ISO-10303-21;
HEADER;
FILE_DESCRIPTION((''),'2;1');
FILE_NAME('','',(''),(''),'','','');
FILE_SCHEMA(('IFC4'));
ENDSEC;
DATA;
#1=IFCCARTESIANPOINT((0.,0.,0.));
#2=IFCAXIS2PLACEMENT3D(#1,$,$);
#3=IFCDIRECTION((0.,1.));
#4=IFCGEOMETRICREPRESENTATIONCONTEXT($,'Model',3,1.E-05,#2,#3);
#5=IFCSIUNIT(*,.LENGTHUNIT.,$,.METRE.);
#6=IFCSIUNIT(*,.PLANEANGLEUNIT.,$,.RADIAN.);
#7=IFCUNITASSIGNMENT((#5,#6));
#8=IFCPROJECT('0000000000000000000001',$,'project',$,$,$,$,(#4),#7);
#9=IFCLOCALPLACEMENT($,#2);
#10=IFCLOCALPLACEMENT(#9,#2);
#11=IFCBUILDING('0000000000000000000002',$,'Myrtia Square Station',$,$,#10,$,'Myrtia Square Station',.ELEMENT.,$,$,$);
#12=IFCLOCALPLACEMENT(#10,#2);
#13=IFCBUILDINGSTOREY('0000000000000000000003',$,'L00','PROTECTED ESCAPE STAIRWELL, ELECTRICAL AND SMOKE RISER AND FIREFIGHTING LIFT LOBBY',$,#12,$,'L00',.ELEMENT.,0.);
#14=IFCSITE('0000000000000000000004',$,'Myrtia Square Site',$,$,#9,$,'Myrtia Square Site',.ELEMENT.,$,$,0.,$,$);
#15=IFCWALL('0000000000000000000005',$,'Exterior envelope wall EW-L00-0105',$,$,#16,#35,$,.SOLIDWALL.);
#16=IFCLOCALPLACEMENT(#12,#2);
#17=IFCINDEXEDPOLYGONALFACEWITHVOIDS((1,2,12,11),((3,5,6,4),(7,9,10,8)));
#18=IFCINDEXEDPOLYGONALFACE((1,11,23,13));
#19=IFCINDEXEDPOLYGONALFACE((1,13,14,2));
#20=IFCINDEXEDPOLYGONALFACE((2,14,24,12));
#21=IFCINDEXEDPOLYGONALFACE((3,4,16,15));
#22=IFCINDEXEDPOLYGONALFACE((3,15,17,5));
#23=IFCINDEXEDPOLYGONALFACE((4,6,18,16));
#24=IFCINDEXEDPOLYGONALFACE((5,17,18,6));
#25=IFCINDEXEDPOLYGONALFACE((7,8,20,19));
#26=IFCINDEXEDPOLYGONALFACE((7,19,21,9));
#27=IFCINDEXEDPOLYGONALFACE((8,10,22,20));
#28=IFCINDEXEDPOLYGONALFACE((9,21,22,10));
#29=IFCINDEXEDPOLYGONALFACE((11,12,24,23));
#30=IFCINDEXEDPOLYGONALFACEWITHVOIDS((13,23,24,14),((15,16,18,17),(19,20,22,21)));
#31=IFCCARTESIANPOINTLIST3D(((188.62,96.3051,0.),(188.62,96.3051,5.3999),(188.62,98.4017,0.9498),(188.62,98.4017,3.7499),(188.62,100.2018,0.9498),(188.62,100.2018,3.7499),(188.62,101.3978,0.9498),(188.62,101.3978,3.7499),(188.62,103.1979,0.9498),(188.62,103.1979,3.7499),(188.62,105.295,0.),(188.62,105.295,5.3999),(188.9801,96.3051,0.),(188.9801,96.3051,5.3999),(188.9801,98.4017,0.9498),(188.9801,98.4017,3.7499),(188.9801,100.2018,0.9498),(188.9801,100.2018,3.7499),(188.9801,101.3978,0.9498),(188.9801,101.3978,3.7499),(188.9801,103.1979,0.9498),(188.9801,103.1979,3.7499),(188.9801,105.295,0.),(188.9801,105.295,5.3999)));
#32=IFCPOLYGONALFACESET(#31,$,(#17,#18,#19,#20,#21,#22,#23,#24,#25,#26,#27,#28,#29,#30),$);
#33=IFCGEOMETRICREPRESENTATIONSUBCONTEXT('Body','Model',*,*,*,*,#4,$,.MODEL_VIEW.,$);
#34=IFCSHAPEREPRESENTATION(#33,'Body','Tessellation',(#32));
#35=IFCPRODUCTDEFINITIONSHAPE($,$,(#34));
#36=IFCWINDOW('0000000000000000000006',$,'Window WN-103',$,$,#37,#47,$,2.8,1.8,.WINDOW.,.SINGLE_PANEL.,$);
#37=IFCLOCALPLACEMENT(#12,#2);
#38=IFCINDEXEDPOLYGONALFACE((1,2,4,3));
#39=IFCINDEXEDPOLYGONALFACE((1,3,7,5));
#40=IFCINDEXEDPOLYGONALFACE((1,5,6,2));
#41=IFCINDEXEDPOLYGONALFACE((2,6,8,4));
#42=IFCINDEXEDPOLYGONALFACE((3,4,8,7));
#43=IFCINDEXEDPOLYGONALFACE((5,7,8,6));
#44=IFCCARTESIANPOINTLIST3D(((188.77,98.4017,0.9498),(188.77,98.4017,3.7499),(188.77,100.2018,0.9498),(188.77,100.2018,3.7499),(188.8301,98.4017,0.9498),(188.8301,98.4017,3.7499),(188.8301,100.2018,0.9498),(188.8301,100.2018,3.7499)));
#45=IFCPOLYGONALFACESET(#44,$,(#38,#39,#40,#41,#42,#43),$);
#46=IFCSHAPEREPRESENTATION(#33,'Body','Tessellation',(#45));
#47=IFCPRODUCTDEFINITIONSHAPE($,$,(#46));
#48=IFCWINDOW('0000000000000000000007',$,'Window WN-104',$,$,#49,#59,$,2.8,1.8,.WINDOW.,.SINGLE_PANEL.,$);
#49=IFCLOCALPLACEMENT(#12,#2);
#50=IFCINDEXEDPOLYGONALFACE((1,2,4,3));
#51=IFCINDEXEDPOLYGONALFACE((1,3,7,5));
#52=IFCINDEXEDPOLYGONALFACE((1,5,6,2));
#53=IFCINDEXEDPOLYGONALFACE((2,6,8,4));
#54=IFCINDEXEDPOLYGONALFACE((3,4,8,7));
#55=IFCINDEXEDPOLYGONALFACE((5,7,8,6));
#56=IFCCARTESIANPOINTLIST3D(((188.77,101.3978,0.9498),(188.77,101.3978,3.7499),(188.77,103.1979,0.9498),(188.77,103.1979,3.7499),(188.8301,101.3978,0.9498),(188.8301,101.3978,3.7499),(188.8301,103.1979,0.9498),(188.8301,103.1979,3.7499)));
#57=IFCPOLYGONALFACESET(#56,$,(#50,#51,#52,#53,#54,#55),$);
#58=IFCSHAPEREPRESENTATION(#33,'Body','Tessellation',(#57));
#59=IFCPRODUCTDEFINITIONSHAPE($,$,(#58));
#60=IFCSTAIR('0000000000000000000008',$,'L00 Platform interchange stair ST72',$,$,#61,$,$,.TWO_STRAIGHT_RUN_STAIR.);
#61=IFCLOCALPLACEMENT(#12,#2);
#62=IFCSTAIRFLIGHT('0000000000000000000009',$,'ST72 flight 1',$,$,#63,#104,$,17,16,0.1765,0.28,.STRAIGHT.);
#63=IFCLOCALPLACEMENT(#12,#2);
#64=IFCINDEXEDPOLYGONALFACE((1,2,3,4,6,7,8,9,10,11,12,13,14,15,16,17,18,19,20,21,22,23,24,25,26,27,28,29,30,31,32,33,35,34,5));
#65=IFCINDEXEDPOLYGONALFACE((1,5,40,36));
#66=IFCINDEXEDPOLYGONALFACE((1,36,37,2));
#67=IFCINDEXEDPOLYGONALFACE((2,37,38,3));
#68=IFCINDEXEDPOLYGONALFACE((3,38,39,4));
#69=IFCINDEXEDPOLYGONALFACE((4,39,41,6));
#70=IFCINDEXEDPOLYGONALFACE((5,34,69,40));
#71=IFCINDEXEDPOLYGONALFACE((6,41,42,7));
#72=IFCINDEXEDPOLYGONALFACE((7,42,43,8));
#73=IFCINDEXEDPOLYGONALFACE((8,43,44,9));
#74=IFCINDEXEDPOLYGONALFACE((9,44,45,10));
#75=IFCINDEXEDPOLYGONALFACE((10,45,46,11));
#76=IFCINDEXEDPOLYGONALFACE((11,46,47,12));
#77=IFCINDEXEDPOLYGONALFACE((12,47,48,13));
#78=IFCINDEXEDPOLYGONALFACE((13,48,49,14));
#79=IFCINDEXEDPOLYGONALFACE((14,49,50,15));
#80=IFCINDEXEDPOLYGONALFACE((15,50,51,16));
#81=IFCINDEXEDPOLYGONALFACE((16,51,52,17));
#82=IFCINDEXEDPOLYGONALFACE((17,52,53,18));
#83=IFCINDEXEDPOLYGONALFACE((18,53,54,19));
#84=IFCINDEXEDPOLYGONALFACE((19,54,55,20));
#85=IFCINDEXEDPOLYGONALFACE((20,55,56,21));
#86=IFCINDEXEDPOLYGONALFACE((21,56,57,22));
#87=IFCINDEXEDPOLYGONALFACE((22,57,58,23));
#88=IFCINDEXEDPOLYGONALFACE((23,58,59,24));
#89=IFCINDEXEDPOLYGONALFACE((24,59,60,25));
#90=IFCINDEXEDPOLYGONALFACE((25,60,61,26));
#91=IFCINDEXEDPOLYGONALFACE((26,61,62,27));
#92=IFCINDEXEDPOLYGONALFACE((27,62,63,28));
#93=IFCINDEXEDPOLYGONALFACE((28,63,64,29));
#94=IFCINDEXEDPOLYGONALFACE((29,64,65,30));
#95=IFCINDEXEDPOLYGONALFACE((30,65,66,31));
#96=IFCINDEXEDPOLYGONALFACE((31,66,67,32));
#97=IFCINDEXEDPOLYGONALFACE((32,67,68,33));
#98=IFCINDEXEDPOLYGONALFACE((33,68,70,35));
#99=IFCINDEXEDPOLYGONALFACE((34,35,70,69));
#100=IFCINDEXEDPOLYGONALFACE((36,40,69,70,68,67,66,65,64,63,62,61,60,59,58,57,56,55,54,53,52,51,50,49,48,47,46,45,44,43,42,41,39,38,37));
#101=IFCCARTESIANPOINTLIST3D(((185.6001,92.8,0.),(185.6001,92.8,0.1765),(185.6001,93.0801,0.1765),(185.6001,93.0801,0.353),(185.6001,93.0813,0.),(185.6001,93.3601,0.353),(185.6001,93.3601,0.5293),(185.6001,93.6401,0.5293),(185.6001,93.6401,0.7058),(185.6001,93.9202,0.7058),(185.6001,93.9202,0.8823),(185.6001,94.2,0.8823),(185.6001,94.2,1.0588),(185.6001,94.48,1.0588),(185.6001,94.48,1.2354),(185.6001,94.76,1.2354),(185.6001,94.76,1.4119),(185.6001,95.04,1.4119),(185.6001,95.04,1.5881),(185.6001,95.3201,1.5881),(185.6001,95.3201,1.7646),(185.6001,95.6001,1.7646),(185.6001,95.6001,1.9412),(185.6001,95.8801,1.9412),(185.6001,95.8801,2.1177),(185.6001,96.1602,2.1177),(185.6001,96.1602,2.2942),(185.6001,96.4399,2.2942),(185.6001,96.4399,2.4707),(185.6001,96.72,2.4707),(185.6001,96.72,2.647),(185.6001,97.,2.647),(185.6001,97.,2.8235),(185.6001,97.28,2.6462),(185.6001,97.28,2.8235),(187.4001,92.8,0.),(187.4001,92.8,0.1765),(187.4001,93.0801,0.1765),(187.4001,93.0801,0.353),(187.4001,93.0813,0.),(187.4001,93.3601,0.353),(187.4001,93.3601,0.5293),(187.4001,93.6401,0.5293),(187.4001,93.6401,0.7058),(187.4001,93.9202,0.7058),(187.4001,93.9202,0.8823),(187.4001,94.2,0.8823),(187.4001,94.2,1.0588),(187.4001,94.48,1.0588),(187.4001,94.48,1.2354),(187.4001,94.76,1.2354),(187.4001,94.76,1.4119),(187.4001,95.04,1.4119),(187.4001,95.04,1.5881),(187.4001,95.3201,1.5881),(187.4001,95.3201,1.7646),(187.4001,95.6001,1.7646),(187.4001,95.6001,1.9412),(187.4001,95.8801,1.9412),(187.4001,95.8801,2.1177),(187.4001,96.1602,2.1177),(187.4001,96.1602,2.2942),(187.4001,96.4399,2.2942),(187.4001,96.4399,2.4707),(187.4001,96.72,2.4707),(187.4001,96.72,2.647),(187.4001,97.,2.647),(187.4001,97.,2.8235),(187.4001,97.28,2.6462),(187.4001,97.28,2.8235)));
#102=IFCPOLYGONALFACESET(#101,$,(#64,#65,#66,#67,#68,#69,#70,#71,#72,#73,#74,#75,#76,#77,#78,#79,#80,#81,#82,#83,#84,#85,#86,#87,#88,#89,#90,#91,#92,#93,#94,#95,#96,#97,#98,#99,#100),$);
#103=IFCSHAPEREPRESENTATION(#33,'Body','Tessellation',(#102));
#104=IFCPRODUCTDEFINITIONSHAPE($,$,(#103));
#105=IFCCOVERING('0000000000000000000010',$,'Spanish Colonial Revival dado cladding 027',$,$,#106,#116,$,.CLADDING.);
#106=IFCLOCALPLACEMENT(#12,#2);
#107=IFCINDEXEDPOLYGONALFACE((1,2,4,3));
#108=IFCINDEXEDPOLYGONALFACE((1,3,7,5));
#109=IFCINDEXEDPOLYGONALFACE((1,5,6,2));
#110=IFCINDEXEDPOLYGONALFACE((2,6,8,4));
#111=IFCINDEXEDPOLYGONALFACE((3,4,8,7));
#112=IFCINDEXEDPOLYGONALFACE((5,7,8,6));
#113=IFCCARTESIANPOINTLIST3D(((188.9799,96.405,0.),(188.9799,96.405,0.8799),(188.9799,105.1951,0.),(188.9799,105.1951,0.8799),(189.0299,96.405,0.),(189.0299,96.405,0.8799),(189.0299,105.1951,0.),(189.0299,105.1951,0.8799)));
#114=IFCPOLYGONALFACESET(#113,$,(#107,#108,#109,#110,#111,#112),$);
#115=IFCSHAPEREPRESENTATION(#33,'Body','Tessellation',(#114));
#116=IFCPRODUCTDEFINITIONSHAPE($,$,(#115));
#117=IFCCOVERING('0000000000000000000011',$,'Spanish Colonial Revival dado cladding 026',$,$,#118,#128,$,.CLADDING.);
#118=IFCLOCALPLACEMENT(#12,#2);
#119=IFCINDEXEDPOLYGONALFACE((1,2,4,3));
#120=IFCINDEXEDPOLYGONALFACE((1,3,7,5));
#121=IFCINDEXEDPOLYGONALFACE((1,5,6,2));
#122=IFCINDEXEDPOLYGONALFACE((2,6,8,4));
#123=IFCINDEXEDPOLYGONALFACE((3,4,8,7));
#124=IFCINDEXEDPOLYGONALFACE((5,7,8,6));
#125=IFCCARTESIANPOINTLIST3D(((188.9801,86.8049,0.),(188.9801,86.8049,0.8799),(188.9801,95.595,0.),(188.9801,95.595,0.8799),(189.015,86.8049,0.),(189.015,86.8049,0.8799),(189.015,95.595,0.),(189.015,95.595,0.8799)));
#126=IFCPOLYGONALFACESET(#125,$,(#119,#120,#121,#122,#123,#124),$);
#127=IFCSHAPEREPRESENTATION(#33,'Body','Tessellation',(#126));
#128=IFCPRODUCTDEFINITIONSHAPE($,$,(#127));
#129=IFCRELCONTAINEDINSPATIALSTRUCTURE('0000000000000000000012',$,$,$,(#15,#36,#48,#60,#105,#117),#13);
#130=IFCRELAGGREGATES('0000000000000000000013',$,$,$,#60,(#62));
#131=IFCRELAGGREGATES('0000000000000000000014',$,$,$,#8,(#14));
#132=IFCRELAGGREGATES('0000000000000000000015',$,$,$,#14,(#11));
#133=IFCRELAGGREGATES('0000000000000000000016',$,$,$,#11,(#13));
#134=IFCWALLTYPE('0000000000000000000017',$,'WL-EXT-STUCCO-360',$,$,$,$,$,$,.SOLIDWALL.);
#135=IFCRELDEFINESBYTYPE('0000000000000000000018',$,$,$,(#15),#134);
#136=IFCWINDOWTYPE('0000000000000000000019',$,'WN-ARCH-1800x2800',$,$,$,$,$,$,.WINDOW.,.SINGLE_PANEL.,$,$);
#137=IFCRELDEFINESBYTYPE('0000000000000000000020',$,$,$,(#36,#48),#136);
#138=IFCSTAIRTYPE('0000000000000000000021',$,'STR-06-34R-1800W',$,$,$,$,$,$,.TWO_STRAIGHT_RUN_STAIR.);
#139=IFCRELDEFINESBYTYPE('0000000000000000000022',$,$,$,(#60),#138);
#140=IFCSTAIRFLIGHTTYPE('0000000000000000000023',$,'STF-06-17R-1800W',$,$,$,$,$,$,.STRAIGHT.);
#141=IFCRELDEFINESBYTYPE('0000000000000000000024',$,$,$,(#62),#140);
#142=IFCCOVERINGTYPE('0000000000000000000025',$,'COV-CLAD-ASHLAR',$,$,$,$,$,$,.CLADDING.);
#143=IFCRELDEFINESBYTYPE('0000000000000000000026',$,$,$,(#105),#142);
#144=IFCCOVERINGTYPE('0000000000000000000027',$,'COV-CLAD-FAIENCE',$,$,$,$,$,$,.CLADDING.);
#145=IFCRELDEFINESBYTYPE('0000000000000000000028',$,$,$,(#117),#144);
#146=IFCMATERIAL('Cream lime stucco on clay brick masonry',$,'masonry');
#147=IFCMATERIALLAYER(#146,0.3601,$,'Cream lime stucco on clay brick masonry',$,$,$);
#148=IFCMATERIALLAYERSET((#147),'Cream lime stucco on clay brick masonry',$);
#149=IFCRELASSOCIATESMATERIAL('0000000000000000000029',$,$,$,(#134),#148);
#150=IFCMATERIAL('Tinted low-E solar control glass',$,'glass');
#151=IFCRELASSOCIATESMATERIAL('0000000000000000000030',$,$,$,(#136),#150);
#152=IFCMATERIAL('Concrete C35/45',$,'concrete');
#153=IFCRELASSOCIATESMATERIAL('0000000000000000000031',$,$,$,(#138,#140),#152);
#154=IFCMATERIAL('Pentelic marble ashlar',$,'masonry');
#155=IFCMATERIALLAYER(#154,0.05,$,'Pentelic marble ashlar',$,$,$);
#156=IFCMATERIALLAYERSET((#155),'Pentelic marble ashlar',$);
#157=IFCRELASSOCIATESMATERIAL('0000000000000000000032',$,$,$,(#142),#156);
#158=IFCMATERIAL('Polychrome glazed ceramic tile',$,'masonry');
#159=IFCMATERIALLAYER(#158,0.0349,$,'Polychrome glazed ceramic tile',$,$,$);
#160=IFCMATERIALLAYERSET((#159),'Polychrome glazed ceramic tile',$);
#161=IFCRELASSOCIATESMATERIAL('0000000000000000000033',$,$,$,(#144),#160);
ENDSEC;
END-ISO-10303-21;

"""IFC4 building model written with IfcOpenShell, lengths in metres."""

from ifc_helpers import new_model, si_unit, direction, frame, frame_2d, origin, origin_2d, place, context, subcontext, project, spatial, polyline, rectangle, outline, extrude, material, layer, layer_set, type_object, element, fill, aggregate, save


model = new_model("IFC4")

# Units and contexts
model_context = context("Model", 3, precision=1e-05, world=origin(), true_north=direction((0.0, 1.0)))
body_context = subcontext(model_context, "Body", "Model", "MODEL_VIEW")
ifc_project = project(units=[si_unit("LENGTHUNIT", "METRE"), si_unit("PLANEANGLEUNIT", "RADIAN")], contexts=[model_context])

# Site, building, storey
site_placement = place(None, origin())
site = spatial("IfcSite", under=ifc_project, at=site_placement, Name="Myrtia Square Site", LongName="Myrtia Square Site", CompositionType="ELEMENT", RefElevation=0.0)
building_placement = place(site_placement, origin())
building = spatial("IfcBuilding", under=site, at=building_placement, Name="Myrtia Square Station", LongName="Myrtia Square Station", CompositionType="ELEMENT")
storey_placement = place(building_placement, origin())
storey = spatial("IfcBuildingStorey", under=building, at=storey_placement, Name="L00", Description="PROTECTED ESCAPE STAIRWELL, ELECTRICAL AND SMOKE RISER AND FIREFIGHTING LIFT LOBBY", LongName="L00", CompositionType="ELEMENT", Elevation=0.0)

# Wall, openings, windows
ifc_material_1 = material(Name="Cream lime stucco on clay brick masonry", Category="masonry")
ifc_layer_1 = layer(ifc_material_1, 0.3601, Name="Cream lime stucco on clay brick masonry")
ifc_layer_set_1 = layer_set([ifc_layer_1], Name="Cream lime stucco on clay brick masonry")
wall_type = type_object("IfcWallType", Name="WL-EXT-STUCCO-360", PredefinedType="SOLIDWALL", material=ifc_layer_set_1)
wall_placement = place(storey_placement, frame((188.8, 96.3049, 0.0), z_axis=(0.0, 0.0, 1.0), x_axis=(0.0, 1.0, 0.0)))
wall = element("IfcWall", 1, at=wall_placement, inside=storey, type_object=wall_type, Name="Exterior envelope wall EW-L00-0105", PredefinedType="SOLIDWALL", context=body_context, shape_type="SweptSolid", body=[
    extrude(rectangle(XDim=8.99, YDim=0.3601, at=frame_2d((4.4951, 0.0))), origin(), (0.0, 0.0, 1.0), 5.3999),
])
opening_1_placement = place(wall_placement, frame((2.0969, 0.0, 0.95)))
opening_1 = element("IfcOpeningElement", 2, at=opening_1_placement, cuts=wall, PredefinedType="OPENING", context=body_context, shape_type="SweptSolid", body=[
    extrude(rectangle(XDim=1.8, YDim=2.8, at=frame_2d((0.8999, 1.3999))), frame((0.0, 0.1951, 0.0), z_axis=(0.0, -1.0, 0.0), x_axis=(1.0, 0.0, 0.0)), (0.0, 0.0, 1.0), 0.3901),
])
opening_2_placement = place(wall_placement, frame((5.093, 0.0, 0.95)))
opening_2 = element("IfcOpeningElement", 3, at=opening_2_placement, cuts=wall, PredefinedType="OPENING", context=body_context, shape_type="SweptSolid", body=[
    extrude(rectangle(XDim=1.8, YDim=2.8, at=frame_2d((0.8999, 1.3999))), frame((0.0, 0.1951, 0.0), z_axis=(0.0, -1.0, 0.0), x_axis=(1.0, 0.0, 0.0)), (0.0, 0.0, 1.0), 0.3901),
])
ifc_material_2 = material(Name="Tinted low-E solar control glass", Category="glass")
window_type = type_object("IfcWindowType", Name="WN-ARCH-1800x2800", PartitioningType="SINGLE_PANEL", PredefinedType="WINDOW", material=ifc_material_2)
window_1_placement = place(opening_1_placement, origin())
window_1 = element("IfcWindow", 4, at=window_1_placement, inside=storey, type_object=window_type, Name="Window WN-103", OverallHeight=2.8, OverallWidth=1.8, PartitioningType="SINGLE_PANEL", PredefinedType="WINDOW", context=body_context, shape_type="SweptSolid", body=[
    extrude(rectangle(XDim=1.8, YDim=2.8, at=frame_2d((0.8999, 1.3999))), frame((0.0, 0.03, 0.0), z_axis=(0.0, -1.0, 0.0), x_axis=(1.0, 0.0, 0.0)), (0.0, 0.0, 1.0), 0.0601),
])
fill(opening_1, window_1)
window_2_placement = place(opening_2_placement, origin())
window_2 = element("IfcWindow", 5, at=window_2_placement, inside=storey, type_object=window_type, Name="Window WN-104", OverallHeight=2.8, OverallWidth=1.8, PartitioningType="SINGLE_PANEL", PredefinedType="WINDOW", context=body_context, shape_type="SweptSolid", body=[
    extrude(rectangle(XDim=1.8, YDim=2.8, at=frame_2d((0.8999, 1.3999))), frame((0.0, 0.03, 0.0), z_axis=(0.0, -1.0, 0.0), x_axis=(1.0, 0.0, 0.0)), (0.0, 0.0, 1.0), 0.0601),
])
fill(opening_2, window_2)

# Stair, stair flight
ifc_material_3 = material(Name="Concrete C35/45", Category="concrete")
stair_type = type_object("IfcStairType", Name="STR-06-34R-1800W", PredefinedType="TWO_STRAIGHT_RUN_STAIR", material=ifc_material_3)
stair_placement = place(storey_placement, origin())
stair = element("IfcStair", 6, at=stair_placement, inside=storey, type_object=stair_type, Name="L00 Platform interchange stair ST72", PredefinedType="TWO_STRAIGHT_RUN_STAIR")
stair_flight_type = type_object("IfcStairFlightType", Name="STF-06-17R-1800W", PredefinedType="STRAIGHT", material=ifc_material_3)
stair_flight_placement = place(storey_placement, frame((186.5, 92.8, 0.0), z_axis=(0.0, 0.0, 1.0), x_axis=(0.0, 1.0, 0.0)))
stair_flight = element("IfcStairFlight", 7, at=stair_flight_placement, type_object=stair_flight_type, Name="ST72 flight 1", NumberOfRisers=17, NumberOfTreads=16, PredefinedType="STRAIGHT", RiserHeight=0.1765, TreadLength=0.28, context=body_context, shape_type="SweptSolid", body=[
    extrude(outline(polyline([(0.0, 0.0), (0.0, 0.1765), (0.28, 0.1765), (0.28, 0.353), (0.5601, 0.353), (0.5601, 0.5293), (0.8401, 0.5293), (0.8401, 0.7058), (1.1201, 0.7058), (1.1201, 0.8823), (1.3999, 0.8823), (1.3999, 1.0588), (1.6799, 1.0588), (1.6799, 1.2354), (1.96, 1.2354), (1.96, 1.4119), (2.24, 1.4119), (2.24, 1.5881), (2.52, 1.5881), (2.52, 1.7646), (2.8, 1.7646), (2.8, 1.9412), (3.0801, 1.9412), (3.0801, 2.1177), (3.3601, 2.1177), (3.3601, 2.2942), (3.6399, 2.2942), (3.6399, 2.4707), (3.9199, 2.4707), (3.9199, 2.647), (4.2, 2.647), (4.2, 2.8235), (4.48, 2.8235), (4.48, 3.0), (4.48, 2.6462), (0.2812, 0.0), (0.0, 0.0)])), frame((0.0, 0.8999, 0.0), z_axis=(0.0, -1.0, 0.0), x_axis=(1.0, 0.0, 0.0)), (0.0, 0.0, 1.0), 1.8),
])
aggregate(stair, [stair_flight])

# Coverings
ifc_material_4 = material(Name="Pentelic marble ashlar", Category="masonry")
ifc_layer_2 = layer(ifc_material_4, 0.05, Name="Pentelic marble ashlar")
ifc_layer_set_2 = layer_set([ifc_layer_2], Name="Pentelic marble ashlar")
covering_type_1 = type_object("IfcCoveringType", Name="COV-CLAD-ASHLAR", PredefinedType="CLADDING", material=ifc_layer_set_2)
covering_1_placement = place(storey_placement, frame((189.0049, 100.8, 0.0), z_axis=(0.0, 0.0, 1.0), x_axis=(0.0, 1.0, 0.0)))
element("IfcCovering", 8, at=covering_1_placement, inside=storey, type_object=covering_type_1, Name="Spanish Colonial Revival dado cladding 027", PredefinedType="CLADDING", context=body_context, shape_type="SweptSolid", body=[
    extrude(rectangle(XDim=8.79, YDim=0.05, at=origin_2d()), origin(), (0.0, 0.0, 1.0), 0.8799),
])
ifc_material_5 = material(Name="Polychrome glazed ceramic tile", Category="masonry")
ifc_layer_3 = layer(ifc_material_5, 0.0349, Name="Polychrome glazed ceramic tile")
ifc_layer_set_3 = layer_set([ifc_layer_3], Name="Polychrome glazed ceramic tile")
covering_type_2 = type_object("IfcCoveringType", Name="COV-CLAD-FAIENCE", PredefinedType="CLADDING", material=ifc_layer_set_3)
covering_2_placement = place(storey_placement, frame((188.9976, 91.2, 0.0), z_axis=(0.0, 0.0, 1.0), x_axis=(0.0, 1.0, 0.0)))
element("IfcCovering", 9, at=covering_2_placement, inside=storey, type_object=covering_type_2, Name="Spanish Colonial Revival dado cladding 026", PredefinedType="CLADDING", context=body_context, shape_type="SweptSolid", body=[
    extrude(rectangle(XDim=8.79, YDim=0.0349, at=origin_2d()), origin(), (0.0, 0.0, 1.0), 0.8799),
])

save(model, "model.ifc")
